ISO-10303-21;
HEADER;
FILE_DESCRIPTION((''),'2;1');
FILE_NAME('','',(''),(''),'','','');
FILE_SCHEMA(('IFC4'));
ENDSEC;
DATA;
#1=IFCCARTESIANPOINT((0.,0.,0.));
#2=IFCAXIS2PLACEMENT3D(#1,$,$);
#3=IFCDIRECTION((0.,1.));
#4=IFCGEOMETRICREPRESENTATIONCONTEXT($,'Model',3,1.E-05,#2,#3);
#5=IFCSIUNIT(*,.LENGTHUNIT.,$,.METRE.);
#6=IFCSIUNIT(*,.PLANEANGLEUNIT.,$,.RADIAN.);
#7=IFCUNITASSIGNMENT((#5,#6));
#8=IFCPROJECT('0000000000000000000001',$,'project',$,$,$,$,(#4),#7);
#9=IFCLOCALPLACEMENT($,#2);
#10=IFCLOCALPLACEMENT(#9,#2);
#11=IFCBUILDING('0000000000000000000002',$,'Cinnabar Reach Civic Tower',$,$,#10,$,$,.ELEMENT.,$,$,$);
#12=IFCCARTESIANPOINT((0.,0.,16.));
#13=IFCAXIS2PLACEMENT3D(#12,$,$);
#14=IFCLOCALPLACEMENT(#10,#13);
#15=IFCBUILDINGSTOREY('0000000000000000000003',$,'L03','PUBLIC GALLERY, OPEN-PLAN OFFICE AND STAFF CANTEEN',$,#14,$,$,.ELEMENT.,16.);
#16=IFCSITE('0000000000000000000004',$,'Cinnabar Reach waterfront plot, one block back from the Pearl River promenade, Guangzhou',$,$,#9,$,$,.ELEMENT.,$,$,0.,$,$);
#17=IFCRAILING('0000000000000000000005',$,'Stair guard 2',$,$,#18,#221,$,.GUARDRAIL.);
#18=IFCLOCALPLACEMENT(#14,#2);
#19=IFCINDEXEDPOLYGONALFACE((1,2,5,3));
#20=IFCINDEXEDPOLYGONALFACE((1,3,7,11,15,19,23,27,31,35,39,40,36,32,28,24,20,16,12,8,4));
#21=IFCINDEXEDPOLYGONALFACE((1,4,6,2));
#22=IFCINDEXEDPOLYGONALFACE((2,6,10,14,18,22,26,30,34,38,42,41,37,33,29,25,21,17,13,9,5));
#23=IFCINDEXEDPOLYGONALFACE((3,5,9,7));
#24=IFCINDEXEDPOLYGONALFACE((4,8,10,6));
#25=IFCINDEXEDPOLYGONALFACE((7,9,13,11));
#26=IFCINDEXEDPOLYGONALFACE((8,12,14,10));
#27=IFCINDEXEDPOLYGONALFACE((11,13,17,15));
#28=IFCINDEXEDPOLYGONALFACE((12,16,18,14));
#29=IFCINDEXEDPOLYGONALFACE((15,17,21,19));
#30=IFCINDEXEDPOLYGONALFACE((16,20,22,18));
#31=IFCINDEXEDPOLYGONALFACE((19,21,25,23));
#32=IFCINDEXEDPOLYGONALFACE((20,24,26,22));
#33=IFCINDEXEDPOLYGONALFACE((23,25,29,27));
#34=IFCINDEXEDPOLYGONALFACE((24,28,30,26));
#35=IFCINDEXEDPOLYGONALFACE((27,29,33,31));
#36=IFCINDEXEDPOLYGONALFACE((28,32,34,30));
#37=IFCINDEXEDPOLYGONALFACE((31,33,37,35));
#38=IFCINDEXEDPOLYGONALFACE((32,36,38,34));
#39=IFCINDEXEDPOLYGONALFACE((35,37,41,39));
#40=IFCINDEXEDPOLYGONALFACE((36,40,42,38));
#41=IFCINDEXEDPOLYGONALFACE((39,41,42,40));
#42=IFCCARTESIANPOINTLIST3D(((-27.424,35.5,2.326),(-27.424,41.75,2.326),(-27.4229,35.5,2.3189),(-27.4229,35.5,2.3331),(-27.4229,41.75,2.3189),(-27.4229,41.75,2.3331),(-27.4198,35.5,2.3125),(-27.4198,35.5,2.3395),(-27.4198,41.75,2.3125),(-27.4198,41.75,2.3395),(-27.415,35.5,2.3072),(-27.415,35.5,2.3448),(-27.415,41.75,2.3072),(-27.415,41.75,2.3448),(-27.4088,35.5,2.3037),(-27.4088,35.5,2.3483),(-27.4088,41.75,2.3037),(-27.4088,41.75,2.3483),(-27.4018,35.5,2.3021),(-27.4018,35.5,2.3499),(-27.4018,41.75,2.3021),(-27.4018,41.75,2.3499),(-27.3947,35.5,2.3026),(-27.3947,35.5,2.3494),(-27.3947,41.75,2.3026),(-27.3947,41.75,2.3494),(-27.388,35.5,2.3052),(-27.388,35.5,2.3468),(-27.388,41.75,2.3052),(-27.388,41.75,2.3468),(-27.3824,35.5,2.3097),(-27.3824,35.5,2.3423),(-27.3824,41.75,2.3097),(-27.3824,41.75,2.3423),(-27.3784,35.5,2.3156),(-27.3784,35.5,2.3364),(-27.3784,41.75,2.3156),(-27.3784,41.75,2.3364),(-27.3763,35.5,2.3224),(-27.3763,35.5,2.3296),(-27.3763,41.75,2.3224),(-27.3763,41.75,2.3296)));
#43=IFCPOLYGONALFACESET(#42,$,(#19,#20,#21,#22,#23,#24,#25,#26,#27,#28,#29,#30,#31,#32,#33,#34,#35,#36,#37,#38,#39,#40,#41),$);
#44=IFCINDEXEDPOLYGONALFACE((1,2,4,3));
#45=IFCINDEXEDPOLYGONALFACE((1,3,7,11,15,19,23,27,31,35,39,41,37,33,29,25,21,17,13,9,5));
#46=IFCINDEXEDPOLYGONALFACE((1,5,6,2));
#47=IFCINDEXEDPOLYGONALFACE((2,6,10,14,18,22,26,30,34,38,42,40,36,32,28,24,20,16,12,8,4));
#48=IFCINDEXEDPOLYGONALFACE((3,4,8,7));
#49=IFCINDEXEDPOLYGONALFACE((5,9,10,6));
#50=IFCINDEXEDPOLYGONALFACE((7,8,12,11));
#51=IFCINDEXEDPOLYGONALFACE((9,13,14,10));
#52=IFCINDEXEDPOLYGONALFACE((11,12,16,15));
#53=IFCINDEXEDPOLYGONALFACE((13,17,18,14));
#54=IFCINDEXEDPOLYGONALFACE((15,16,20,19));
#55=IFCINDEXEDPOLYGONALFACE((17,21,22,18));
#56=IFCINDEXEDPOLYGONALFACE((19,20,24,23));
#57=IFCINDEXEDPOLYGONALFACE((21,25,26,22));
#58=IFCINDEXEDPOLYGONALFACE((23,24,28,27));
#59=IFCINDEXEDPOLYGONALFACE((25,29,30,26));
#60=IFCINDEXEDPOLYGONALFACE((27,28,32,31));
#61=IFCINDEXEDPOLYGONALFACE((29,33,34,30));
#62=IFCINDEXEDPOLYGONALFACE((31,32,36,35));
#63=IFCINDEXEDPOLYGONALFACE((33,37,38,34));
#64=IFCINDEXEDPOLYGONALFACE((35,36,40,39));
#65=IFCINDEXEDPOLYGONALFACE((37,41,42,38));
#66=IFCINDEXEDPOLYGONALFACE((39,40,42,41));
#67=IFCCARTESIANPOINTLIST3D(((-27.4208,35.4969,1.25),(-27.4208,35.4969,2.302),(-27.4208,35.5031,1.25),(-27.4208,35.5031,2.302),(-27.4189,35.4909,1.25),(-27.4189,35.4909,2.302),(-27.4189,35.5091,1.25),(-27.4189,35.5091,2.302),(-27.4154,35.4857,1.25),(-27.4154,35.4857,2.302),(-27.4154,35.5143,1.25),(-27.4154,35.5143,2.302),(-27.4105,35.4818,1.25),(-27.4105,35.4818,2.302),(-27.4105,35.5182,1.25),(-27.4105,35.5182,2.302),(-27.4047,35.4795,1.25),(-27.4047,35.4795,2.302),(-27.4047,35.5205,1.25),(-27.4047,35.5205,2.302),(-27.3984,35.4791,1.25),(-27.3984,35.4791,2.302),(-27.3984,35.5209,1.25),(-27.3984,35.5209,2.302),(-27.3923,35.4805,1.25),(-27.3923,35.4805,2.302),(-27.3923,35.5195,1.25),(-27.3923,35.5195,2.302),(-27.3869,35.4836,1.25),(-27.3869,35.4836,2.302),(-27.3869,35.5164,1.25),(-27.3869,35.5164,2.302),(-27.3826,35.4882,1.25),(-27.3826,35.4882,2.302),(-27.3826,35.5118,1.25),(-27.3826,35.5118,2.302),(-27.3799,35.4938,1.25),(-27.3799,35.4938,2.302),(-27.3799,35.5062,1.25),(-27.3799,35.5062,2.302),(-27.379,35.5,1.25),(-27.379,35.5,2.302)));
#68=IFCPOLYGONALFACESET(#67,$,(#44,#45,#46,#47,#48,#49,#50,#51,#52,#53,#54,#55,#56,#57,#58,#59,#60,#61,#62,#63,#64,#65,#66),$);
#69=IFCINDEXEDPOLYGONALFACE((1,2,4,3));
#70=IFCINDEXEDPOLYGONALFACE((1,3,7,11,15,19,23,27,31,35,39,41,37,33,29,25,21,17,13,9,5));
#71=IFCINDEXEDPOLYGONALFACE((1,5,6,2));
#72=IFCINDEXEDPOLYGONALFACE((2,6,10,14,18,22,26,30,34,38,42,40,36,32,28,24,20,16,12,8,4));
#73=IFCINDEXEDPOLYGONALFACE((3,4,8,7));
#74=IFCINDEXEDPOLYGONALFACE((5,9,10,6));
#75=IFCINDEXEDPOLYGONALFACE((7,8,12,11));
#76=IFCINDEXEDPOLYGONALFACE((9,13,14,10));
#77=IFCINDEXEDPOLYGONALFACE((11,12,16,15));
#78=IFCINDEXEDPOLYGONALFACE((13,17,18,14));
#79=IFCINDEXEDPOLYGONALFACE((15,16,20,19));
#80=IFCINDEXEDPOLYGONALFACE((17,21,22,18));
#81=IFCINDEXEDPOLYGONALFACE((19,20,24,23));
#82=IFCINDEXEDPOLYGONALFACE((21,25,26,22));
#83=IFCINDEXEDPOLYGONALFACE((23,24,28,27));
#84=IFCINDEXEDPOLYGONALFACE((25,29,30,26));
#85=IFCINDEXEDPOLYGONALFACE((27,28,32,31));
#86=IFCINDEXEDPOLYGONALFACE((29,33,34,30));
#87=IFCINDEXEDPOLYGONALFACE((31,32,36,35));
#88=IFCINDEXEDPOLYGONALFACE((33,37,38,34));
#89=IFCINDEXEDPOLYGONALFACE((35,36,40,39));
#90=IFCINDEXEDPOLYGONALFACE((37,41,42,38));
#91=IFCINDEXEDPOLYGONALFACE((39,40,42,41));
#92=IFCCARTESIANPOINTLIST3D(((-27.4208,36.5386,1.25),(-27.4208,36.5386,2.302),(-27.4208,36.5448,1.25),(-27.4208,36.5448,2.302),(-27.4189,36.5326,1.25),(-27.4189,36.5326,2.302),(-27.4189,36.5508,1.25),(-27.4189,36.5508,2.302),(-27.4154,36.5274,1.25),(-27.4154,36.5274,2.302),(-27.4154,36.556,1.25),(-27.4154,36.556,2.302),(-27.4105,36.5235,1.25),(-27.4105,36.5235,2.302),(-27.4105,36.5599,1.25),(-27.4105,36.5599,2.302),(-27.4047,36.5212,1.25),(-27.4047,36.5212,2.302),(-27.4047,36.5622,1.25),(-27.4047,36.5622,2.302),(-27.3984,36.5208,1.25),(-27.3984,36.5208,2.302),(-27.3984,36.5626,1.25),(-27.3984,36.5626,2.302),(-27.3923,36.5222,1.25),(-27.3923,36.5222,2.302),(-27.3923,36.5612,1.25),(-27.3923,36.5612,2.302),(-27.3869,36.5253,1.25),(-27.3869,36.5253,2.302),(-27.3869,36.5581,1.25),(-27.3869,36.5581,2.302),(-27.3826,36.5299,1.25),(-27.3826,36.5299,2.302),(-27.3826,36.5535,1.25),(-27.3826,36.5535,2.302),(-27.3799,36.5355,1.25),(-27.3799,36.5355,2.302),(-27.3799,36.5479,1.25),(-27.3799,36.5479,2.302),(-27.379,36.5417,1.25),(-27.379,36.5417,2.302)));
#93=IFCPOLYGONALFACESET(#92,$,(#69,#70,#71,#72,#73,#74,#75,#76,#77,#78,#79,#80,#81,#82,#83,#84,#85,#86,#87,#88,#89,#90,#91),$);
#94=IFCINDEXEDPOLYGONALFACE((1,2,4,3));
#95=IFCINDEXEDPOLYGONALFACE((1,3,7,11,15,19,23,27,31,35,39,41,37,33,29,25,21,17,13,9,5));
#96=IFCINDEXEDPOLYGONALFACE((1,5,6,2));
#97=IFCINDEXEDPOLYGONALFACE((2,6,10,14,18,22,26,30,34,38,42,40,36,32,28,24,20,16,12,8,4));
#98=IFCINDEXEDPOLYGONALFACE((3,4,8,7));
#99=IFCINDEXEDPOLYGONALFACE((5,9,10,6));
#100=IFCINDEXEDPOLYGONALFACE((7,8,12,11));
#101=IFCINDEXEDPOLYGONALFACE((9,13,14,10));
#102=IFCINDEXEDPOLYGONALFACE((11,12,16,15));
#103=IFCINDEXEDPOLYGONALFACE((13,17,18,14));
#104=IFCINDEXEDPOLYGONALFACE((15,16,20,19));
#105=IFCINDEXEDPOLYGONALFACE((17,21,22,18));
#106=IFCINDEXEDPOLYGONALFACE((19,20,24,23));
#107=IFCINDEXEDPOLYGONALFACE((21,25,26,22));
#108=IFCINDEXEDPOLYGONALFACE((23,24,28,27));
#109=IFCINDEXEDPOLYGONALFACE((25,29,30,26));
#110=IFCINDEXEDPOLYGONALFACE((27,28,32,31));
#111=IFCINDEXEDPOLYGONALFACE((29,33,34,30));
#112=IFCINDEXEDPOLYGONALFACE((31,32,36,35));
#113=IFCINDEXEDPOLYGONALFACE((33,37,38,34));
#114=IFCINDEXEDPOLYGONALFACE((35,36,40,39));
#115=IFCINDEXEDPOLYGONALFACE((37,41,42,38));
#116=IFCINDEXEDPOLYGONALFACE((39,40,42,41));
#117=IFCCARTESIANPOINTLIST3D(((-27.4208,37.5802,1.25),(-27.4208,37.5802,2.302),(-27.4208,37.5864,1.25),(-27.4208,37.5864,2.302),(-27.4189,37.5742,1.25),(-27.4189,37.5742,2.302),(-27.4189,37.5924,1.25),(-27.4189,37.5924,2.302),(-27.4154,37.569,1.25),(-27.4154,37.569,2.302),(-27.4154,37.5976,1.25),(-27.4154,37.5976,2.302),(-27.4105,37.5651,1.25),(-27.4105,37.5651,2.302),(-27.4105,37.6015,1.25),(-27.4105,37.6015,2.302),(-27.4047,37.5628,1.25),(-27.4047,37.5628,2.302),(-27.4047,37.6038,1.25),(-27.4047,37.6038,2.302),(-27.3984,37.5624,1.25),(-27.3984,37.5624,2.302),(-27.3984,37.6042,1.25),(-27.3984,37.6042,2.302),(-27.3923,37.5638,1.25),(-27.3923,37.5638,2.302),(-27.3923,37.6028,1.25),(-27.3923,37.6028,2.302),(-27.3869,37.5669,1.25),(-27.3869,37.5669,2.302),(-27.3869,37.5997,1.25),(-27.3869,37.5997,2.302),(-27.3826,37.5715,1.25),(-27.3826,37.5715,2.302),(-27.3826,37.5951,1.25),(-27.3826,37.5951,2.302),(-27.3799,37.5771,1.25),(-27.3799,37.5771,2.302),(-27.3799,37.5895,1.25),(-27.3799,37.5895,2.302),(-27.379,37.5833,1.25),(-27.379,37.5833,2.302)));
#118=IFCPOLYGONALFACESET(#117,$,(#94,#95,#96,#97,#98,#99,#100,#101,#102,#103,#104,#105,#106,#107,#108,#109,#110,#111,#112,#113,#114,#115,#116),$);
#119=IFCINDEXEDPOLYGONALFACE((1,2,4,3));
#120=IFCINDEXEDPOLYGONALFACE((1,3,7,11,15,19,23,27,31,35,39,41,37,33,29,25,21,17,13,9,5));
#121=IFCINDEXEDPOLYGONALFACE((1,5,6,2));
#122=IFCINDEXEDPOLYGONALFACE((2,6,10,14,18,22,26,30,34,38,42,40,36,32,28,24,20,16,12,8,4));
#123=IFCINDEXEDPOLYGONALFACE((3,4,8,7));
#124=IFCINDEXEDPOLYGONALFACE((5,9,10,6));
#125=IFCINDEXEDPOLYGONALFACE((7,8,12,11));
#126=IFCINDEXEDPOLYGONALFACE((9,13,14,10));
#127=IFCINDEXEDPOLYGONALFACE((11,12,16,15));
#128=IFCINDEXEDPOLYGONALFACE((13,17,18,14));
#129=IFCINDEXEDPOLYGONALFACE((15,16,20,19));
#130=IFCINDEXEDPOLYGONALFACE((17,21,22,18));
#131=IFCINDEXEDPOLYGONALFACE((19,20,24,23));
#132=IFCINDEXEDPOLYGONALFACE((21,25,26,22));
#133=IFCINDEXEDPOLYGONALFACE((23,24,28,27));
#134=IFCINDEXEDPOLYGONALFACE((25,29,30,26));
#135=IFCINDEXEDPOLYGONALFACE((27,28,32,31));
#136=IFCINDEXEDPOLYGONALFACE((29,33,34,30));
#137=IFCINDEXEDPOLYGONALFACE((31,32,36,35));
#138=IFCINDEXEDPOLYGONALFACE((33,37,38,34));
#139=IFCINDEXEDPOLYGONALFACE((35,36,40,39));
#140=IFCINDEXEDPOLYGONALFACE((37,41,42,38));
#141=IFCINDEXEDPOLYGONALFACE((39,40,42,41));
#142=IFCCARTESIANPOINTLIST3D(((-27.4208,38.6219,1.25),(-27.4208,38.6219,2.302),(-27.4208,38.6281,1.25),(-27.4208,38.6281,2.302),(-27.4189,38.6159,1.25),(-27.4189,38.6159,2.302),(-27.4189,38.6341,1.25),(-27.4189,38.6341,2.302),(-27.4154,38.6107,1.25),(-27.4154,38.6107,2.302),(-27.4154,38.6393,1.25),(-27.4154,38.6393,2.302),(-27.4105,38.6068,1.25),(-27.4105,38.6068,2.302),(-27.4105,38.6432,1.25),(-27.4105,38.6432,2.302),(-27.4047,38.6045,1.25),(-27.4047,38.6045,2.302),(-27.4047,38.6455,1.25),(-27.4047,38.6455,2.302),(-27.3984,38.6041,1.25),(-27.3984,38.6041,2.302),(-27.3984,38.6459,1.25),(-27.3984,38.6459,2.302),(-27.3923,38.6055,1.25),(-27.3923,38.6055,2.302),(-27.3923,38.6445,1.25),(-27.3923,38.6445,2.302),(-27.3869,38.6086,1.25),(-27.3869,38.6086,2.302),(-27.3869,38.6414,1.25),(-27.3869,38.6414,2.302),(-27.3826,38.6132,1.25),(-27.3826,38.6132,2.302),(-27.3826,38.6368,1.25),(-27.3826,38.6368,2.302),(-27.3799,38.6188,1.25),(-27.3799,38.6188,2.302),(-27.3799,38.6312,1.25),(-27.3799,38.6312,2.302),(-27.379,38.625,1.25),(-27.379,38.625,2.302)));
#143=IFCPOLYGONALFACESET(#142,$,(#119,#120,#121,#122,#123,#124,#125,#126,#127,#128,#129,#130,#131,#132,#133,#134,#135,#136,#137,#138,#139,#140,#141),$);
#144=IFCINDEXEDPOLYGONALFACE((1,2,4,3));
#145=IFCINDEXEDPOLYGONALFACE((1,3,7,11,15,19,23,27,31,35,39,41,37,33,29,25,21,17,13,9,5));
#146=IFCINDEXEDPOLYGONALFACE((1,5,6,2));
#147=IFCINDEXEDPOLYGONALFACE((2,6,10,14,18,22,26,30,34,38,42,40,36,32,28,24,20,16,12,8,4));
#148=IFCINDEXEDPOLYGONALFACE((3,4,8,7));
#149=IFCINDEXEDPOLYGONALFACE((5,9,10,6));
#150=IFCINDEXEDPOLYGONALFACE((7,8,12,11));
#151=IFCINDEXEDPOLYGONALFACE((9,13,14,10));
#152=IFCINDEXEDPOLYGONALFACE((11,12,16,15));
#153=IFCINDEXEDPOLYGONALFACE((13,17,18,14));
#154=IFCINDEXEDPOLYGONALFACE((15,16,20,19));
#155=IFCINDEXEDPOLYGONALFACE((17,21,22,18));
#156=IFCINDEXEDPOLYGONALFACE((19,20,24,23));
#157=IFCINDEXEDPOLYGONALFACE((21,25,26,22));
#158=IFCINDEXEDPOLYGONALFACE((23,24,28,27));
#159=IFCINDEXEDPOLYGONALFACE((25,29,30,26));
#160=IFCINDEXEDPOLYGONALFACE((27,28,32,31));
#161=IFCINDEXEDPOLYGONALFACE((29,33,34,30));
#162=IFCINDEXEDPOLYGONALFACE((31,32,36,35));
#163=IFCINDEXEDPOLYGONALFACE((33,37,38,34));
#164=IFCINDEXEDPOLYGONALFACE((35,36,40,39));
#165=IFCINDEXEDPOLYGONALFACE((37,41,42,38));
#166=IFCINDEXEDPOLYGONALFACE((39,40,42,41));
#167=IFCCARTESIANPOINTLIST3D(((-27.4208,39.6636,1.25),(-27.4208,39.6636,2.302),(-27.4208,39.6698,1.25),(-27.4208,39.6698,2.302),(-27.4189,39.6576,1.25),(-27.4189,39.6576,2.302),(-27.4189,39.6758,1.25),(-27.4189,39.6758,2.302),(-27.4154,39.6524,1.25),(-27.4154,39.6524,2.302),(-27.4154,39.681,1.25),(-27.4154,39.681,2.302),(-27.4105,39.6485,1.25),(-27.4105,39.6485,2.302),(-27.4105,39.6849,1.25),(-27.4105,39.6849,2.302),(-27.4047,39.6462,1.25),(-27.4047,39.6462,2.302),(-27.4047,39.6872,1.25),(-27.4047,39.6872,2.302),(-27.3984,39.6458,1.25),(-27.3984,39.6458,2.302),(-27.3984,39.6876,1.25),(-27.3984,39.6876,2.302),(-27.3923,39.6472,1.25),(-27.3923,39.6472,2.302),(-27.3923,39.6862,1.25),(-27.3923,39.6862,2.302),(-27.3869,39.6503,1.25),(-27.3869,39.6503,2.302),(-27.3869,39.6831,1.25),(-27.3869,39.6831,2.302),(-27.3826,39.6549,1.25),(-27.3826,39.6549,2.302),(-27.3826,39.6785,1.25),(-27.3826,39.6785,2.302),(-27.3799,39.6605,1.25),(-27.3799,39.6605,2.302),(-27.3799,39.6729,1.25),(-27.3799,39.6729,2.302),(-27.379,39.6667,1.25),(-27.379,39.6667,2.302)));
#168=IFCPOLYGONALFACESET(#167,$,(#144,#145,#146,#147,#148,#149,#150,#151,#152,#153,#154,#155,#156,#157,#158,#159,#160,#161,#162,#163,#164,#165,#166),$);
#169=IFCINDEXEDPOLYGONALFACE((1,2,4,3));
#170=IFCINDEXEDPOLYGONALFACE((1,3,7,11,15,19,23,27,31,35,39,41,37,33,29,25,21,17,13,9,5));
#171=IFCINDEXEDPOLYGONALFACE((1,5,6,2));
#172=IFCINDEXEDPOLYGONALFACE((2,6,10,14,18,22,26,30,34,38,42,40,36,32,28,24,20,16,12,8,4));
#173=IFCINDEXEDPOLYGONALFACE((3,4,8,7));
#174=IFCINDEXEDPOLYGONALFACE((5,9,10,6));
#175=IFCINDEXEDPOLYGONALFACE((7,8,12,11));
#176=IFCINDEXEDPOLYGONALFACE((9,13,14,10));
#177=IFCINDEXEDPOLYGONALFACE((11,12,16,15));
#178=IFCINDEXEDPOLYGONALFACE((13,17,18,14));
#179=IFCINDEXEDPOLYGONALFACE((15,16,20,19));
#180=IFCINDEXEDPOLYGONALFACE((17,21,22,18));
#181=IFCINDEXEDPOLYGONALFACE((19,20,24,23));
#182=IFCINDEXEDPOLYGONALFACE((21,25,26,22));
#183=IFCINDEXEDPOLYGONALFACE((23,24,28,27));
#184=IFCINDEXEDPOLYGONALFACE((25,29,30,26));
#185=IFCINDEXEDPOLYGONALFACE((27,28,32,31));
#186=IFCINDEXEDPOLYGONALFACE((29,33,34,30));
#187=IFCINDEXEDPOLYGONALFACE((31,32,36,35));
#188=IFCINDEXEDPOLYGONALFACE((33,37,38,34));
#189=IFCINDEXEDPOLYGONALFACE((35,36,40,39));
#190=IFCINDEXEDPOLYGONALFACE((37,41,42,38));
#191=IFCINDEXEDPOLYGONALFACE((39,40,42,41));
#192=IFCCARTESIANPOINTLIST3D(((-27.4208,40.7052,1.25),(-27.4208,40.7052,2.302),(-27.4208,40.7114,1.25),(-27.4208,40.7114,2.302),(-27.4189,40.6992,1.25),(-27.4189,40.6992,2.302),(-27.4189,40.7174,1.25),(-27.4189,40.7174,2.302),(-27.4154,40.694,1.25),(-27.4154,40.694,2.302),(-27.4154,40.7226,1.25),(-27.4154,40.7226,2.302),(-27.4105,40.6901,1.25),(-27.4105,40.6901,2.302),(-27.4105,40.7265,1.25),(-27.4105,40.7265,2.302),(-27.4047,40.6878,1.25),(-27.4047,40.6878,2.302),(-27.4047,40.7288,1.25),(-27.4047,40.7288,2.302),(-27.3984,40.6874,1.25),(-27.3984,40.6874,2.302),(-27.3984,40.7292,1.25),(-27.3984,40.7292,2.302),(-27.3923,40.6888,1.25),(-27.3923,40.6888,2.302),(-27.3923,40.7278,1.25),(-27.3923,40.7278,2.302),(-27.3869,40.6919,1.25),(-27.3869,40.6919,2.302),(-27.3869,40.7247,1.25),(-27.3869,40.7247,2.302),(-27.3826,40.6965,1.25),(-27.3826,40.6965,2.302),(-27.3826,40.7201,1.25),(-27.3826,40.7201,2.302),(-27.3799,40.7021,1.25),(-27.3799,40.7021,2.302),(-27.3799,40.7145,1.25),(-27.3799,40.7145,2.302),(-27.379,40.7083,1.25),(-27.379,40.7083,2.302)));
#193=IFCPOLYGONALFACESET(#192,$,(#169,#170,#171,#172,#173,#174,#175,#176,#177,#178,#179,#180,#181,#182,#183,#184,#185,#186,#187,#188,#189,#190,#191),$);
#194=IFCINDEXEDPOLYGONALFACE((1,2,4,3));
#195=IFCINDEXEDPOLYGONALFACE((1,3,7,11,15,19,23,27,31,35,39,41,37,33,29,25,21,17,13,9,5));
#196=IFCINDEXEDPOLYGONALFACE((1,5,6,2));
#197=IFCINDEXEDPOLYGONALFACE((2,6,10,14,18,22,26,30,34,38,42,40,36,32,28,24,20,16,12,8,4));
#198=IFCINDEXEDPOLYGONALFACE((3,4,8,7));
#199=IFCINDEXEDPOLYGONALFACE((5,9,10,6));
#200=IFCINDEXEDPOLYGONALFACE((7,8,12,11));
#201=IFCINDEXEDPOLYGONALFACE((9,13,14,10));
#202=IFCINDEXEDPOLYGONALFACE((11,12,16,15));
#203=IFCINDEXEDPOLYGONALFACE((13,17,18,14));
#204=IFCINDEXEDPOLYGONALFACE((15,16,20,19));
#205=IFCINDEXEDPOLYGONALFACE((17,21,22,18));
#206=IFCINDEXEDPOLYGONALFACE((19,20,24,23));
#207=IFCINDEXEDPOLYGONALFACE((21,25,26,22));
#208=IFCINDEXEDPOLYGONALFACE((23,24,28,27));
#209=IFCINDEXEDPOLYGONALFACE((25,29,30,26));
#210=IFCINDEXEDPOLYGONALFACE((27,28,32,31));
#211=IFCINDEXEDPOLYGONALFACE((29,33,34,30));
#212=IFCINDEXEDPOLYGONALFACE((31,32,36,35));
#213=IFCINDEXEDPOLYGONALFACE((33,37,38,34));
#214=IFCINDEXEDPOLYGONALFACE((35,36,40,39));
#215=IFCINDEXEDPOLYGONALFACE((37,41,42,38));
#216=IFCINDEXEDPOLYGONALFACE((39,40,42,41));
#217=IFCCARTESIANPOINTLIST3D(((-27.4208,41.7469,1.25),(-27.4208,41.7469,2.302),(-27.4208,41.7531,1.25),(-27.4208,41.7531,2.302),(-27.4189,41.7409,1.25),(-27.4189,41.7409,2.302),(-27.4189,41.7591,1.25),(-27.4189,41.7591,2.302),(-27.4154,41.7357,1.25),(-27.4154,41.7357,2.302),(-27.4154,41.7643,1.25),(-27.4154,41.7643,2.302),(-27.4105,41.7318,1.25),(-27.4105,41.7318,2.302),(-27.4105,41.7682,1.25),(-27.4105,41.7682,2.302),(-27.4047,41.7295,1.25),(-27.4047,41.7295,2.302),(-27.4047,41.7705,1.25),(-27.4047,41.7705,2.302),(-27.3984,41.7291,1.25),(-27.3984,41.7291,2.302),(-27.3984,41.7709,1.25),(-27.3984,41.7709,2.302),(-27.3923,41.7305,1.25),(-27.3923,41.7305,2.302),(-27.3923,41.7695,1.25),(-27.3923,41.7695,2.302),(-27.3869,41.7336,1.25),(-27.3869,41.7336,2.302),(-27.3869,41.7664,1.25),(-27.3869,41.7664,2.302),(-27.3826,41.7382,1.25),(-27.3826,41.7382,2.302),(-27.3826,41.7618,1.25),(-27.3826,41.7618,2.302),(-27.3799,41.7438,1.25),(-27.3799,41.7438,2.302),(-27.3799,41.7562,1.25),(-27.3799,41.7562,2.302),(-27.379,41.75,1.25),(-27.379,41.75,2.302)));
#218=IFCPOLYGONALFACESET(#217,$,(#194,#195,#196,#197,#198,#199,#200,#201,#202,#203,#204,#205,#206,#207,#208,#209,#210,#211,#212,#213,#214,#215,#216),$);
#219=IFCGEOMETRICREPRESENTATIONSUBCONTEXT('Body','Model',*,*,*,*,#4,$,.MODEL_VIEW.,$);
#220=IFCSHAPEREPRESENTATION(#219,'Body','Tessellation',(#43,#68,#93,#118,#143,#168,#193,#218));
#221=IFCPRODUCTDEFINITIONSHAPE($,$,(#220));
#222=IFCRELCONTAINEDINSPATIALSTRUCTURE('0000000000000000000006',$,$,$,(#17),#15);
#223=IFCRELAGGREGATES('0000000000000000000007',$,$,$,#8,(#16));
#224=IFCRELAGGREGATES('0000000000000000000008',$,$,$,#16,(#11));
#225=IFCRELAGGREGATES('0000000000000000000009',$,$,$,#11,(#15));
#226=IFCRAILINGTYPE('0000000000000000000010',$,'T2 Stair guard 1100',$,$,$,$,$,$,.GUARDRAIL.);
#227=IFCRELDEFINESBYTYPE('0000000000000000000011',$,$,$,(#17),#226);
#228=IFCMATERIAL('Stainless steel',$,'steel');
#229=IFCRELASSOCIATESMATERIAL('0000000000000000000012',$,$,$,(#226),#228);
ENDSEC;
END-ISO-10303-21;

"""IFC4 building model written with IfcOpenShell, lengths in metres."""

from ifc_helpers import new_model, si_unit, direction, frame, origin, origin_2d, place, context, subcontext, project, spatial, circle, extrude, material, type_object, element, save


model = new_model("IFC4")

# Units and contexts
model_context = context("Model", 3, precision=1e-05, world=origin(), true_north=direction((0.0, 1.0)))
body_context = subcontext(model_context, "Body", "Model", "MODEL_VIEW")
ifc_project = project(units=[si_unit("LENGTHUNIT", "METRE"), si_unit("PLANEANGLEUNIT", "RADIAN")], contexts=[model_context])

# Site, building, storey
site_placement = place(None, origin())
site = spatial("IfcSite", under=ifc_project, at=site_placement, Name="Cinnabar Reach waterfront plot, one block back from the Pearl River promenade, Guangzhou", CompositionType="ELEMENT", RefElevation=0.0)
building_placement = place(site_placement, origin())
building = spatial("IfcBuilding", under=site, at=building_placement, Name="Cinnabar Reach Civic Tower", CompositionType="ELEMENT")
storey_placement = place(building_placement, frame((0.0, 0.0, 16.0)))
storey = spatial("IfcBuildingStorey", under=building, at=storey_placement, Name="L03", Description="PUBLIC GALLERY, OPEN-PLAN OFFICE AND STAFF CANTEEN", CompositionType="ELEMENT", Elevation=16.0)

# Railing
ifc_material_1 = material(Name="Stainless steel", Category="steel")
railing_type = type_object("IfcRailingType", Name="T2 Stair guard 1100", PredefinedType="GUARDRAIL", material=ifc_material_1)
for number, where, name in (
    (1, (-27.4, 35.5, 1.25), "Stair guard 2"),
):
    element("IfcRailing", number, at=place(storey_placement, frame(where)), inside=storey, type_object=railing_type, Name=name, PredefinedType="GUARDRAIL", context=body_context, shape_type="SweptSolid", body=[
        extrude(circle(Radius=0.024, at=origin_2d()), frame((0.0, 0.0, 1.076), z_axis=(0.0, 1.0, 0.0), x_axis=(-1.0, 0.0, 0.0)), (0.0, 0.0, 1.0), 6.25),
        extrude(circle(Radius=0.021, at=origin_2d()), origin(), (0.0, 0.0, 1.0), 1.052),
        extrude(circle(Radius=0.021, at=origin_2d()), frame((0.0, 1.0417, 0.0)), (0.0, 0.0, 1.0), 1.052),
        extrude(circle(Radius=0.021, at=origin_2d()), frame((0.0, 2.0833, 0.0)), (0.0, 0.0, 1.0), 1.052),
        extrude(circle(Radius=0.021, at=origin_2d()), frame((0.0, 3.125, 0.0)), (0.0, 0.0, 1.0), 1.052),
        extrude(circle(Radius=0.021, at=origin_2d()), frame((0.0, 4.1667, 0.0)), (0.0, 0.0, 1.0), 1.052),
        extrude(circle(Radius=0.021, at=origin_2d()), frame((0.0, 5.2083, 0.0)), (0.0, 0.0, 1.0), 1.052),
        extrude(circle(Radius=0.021, at=origin_2d()), frame((0.0, 6.25, 0.0)), (0.0, 0.0, 1.0), 1.052),
    ])

save(model, "model.ifc")
